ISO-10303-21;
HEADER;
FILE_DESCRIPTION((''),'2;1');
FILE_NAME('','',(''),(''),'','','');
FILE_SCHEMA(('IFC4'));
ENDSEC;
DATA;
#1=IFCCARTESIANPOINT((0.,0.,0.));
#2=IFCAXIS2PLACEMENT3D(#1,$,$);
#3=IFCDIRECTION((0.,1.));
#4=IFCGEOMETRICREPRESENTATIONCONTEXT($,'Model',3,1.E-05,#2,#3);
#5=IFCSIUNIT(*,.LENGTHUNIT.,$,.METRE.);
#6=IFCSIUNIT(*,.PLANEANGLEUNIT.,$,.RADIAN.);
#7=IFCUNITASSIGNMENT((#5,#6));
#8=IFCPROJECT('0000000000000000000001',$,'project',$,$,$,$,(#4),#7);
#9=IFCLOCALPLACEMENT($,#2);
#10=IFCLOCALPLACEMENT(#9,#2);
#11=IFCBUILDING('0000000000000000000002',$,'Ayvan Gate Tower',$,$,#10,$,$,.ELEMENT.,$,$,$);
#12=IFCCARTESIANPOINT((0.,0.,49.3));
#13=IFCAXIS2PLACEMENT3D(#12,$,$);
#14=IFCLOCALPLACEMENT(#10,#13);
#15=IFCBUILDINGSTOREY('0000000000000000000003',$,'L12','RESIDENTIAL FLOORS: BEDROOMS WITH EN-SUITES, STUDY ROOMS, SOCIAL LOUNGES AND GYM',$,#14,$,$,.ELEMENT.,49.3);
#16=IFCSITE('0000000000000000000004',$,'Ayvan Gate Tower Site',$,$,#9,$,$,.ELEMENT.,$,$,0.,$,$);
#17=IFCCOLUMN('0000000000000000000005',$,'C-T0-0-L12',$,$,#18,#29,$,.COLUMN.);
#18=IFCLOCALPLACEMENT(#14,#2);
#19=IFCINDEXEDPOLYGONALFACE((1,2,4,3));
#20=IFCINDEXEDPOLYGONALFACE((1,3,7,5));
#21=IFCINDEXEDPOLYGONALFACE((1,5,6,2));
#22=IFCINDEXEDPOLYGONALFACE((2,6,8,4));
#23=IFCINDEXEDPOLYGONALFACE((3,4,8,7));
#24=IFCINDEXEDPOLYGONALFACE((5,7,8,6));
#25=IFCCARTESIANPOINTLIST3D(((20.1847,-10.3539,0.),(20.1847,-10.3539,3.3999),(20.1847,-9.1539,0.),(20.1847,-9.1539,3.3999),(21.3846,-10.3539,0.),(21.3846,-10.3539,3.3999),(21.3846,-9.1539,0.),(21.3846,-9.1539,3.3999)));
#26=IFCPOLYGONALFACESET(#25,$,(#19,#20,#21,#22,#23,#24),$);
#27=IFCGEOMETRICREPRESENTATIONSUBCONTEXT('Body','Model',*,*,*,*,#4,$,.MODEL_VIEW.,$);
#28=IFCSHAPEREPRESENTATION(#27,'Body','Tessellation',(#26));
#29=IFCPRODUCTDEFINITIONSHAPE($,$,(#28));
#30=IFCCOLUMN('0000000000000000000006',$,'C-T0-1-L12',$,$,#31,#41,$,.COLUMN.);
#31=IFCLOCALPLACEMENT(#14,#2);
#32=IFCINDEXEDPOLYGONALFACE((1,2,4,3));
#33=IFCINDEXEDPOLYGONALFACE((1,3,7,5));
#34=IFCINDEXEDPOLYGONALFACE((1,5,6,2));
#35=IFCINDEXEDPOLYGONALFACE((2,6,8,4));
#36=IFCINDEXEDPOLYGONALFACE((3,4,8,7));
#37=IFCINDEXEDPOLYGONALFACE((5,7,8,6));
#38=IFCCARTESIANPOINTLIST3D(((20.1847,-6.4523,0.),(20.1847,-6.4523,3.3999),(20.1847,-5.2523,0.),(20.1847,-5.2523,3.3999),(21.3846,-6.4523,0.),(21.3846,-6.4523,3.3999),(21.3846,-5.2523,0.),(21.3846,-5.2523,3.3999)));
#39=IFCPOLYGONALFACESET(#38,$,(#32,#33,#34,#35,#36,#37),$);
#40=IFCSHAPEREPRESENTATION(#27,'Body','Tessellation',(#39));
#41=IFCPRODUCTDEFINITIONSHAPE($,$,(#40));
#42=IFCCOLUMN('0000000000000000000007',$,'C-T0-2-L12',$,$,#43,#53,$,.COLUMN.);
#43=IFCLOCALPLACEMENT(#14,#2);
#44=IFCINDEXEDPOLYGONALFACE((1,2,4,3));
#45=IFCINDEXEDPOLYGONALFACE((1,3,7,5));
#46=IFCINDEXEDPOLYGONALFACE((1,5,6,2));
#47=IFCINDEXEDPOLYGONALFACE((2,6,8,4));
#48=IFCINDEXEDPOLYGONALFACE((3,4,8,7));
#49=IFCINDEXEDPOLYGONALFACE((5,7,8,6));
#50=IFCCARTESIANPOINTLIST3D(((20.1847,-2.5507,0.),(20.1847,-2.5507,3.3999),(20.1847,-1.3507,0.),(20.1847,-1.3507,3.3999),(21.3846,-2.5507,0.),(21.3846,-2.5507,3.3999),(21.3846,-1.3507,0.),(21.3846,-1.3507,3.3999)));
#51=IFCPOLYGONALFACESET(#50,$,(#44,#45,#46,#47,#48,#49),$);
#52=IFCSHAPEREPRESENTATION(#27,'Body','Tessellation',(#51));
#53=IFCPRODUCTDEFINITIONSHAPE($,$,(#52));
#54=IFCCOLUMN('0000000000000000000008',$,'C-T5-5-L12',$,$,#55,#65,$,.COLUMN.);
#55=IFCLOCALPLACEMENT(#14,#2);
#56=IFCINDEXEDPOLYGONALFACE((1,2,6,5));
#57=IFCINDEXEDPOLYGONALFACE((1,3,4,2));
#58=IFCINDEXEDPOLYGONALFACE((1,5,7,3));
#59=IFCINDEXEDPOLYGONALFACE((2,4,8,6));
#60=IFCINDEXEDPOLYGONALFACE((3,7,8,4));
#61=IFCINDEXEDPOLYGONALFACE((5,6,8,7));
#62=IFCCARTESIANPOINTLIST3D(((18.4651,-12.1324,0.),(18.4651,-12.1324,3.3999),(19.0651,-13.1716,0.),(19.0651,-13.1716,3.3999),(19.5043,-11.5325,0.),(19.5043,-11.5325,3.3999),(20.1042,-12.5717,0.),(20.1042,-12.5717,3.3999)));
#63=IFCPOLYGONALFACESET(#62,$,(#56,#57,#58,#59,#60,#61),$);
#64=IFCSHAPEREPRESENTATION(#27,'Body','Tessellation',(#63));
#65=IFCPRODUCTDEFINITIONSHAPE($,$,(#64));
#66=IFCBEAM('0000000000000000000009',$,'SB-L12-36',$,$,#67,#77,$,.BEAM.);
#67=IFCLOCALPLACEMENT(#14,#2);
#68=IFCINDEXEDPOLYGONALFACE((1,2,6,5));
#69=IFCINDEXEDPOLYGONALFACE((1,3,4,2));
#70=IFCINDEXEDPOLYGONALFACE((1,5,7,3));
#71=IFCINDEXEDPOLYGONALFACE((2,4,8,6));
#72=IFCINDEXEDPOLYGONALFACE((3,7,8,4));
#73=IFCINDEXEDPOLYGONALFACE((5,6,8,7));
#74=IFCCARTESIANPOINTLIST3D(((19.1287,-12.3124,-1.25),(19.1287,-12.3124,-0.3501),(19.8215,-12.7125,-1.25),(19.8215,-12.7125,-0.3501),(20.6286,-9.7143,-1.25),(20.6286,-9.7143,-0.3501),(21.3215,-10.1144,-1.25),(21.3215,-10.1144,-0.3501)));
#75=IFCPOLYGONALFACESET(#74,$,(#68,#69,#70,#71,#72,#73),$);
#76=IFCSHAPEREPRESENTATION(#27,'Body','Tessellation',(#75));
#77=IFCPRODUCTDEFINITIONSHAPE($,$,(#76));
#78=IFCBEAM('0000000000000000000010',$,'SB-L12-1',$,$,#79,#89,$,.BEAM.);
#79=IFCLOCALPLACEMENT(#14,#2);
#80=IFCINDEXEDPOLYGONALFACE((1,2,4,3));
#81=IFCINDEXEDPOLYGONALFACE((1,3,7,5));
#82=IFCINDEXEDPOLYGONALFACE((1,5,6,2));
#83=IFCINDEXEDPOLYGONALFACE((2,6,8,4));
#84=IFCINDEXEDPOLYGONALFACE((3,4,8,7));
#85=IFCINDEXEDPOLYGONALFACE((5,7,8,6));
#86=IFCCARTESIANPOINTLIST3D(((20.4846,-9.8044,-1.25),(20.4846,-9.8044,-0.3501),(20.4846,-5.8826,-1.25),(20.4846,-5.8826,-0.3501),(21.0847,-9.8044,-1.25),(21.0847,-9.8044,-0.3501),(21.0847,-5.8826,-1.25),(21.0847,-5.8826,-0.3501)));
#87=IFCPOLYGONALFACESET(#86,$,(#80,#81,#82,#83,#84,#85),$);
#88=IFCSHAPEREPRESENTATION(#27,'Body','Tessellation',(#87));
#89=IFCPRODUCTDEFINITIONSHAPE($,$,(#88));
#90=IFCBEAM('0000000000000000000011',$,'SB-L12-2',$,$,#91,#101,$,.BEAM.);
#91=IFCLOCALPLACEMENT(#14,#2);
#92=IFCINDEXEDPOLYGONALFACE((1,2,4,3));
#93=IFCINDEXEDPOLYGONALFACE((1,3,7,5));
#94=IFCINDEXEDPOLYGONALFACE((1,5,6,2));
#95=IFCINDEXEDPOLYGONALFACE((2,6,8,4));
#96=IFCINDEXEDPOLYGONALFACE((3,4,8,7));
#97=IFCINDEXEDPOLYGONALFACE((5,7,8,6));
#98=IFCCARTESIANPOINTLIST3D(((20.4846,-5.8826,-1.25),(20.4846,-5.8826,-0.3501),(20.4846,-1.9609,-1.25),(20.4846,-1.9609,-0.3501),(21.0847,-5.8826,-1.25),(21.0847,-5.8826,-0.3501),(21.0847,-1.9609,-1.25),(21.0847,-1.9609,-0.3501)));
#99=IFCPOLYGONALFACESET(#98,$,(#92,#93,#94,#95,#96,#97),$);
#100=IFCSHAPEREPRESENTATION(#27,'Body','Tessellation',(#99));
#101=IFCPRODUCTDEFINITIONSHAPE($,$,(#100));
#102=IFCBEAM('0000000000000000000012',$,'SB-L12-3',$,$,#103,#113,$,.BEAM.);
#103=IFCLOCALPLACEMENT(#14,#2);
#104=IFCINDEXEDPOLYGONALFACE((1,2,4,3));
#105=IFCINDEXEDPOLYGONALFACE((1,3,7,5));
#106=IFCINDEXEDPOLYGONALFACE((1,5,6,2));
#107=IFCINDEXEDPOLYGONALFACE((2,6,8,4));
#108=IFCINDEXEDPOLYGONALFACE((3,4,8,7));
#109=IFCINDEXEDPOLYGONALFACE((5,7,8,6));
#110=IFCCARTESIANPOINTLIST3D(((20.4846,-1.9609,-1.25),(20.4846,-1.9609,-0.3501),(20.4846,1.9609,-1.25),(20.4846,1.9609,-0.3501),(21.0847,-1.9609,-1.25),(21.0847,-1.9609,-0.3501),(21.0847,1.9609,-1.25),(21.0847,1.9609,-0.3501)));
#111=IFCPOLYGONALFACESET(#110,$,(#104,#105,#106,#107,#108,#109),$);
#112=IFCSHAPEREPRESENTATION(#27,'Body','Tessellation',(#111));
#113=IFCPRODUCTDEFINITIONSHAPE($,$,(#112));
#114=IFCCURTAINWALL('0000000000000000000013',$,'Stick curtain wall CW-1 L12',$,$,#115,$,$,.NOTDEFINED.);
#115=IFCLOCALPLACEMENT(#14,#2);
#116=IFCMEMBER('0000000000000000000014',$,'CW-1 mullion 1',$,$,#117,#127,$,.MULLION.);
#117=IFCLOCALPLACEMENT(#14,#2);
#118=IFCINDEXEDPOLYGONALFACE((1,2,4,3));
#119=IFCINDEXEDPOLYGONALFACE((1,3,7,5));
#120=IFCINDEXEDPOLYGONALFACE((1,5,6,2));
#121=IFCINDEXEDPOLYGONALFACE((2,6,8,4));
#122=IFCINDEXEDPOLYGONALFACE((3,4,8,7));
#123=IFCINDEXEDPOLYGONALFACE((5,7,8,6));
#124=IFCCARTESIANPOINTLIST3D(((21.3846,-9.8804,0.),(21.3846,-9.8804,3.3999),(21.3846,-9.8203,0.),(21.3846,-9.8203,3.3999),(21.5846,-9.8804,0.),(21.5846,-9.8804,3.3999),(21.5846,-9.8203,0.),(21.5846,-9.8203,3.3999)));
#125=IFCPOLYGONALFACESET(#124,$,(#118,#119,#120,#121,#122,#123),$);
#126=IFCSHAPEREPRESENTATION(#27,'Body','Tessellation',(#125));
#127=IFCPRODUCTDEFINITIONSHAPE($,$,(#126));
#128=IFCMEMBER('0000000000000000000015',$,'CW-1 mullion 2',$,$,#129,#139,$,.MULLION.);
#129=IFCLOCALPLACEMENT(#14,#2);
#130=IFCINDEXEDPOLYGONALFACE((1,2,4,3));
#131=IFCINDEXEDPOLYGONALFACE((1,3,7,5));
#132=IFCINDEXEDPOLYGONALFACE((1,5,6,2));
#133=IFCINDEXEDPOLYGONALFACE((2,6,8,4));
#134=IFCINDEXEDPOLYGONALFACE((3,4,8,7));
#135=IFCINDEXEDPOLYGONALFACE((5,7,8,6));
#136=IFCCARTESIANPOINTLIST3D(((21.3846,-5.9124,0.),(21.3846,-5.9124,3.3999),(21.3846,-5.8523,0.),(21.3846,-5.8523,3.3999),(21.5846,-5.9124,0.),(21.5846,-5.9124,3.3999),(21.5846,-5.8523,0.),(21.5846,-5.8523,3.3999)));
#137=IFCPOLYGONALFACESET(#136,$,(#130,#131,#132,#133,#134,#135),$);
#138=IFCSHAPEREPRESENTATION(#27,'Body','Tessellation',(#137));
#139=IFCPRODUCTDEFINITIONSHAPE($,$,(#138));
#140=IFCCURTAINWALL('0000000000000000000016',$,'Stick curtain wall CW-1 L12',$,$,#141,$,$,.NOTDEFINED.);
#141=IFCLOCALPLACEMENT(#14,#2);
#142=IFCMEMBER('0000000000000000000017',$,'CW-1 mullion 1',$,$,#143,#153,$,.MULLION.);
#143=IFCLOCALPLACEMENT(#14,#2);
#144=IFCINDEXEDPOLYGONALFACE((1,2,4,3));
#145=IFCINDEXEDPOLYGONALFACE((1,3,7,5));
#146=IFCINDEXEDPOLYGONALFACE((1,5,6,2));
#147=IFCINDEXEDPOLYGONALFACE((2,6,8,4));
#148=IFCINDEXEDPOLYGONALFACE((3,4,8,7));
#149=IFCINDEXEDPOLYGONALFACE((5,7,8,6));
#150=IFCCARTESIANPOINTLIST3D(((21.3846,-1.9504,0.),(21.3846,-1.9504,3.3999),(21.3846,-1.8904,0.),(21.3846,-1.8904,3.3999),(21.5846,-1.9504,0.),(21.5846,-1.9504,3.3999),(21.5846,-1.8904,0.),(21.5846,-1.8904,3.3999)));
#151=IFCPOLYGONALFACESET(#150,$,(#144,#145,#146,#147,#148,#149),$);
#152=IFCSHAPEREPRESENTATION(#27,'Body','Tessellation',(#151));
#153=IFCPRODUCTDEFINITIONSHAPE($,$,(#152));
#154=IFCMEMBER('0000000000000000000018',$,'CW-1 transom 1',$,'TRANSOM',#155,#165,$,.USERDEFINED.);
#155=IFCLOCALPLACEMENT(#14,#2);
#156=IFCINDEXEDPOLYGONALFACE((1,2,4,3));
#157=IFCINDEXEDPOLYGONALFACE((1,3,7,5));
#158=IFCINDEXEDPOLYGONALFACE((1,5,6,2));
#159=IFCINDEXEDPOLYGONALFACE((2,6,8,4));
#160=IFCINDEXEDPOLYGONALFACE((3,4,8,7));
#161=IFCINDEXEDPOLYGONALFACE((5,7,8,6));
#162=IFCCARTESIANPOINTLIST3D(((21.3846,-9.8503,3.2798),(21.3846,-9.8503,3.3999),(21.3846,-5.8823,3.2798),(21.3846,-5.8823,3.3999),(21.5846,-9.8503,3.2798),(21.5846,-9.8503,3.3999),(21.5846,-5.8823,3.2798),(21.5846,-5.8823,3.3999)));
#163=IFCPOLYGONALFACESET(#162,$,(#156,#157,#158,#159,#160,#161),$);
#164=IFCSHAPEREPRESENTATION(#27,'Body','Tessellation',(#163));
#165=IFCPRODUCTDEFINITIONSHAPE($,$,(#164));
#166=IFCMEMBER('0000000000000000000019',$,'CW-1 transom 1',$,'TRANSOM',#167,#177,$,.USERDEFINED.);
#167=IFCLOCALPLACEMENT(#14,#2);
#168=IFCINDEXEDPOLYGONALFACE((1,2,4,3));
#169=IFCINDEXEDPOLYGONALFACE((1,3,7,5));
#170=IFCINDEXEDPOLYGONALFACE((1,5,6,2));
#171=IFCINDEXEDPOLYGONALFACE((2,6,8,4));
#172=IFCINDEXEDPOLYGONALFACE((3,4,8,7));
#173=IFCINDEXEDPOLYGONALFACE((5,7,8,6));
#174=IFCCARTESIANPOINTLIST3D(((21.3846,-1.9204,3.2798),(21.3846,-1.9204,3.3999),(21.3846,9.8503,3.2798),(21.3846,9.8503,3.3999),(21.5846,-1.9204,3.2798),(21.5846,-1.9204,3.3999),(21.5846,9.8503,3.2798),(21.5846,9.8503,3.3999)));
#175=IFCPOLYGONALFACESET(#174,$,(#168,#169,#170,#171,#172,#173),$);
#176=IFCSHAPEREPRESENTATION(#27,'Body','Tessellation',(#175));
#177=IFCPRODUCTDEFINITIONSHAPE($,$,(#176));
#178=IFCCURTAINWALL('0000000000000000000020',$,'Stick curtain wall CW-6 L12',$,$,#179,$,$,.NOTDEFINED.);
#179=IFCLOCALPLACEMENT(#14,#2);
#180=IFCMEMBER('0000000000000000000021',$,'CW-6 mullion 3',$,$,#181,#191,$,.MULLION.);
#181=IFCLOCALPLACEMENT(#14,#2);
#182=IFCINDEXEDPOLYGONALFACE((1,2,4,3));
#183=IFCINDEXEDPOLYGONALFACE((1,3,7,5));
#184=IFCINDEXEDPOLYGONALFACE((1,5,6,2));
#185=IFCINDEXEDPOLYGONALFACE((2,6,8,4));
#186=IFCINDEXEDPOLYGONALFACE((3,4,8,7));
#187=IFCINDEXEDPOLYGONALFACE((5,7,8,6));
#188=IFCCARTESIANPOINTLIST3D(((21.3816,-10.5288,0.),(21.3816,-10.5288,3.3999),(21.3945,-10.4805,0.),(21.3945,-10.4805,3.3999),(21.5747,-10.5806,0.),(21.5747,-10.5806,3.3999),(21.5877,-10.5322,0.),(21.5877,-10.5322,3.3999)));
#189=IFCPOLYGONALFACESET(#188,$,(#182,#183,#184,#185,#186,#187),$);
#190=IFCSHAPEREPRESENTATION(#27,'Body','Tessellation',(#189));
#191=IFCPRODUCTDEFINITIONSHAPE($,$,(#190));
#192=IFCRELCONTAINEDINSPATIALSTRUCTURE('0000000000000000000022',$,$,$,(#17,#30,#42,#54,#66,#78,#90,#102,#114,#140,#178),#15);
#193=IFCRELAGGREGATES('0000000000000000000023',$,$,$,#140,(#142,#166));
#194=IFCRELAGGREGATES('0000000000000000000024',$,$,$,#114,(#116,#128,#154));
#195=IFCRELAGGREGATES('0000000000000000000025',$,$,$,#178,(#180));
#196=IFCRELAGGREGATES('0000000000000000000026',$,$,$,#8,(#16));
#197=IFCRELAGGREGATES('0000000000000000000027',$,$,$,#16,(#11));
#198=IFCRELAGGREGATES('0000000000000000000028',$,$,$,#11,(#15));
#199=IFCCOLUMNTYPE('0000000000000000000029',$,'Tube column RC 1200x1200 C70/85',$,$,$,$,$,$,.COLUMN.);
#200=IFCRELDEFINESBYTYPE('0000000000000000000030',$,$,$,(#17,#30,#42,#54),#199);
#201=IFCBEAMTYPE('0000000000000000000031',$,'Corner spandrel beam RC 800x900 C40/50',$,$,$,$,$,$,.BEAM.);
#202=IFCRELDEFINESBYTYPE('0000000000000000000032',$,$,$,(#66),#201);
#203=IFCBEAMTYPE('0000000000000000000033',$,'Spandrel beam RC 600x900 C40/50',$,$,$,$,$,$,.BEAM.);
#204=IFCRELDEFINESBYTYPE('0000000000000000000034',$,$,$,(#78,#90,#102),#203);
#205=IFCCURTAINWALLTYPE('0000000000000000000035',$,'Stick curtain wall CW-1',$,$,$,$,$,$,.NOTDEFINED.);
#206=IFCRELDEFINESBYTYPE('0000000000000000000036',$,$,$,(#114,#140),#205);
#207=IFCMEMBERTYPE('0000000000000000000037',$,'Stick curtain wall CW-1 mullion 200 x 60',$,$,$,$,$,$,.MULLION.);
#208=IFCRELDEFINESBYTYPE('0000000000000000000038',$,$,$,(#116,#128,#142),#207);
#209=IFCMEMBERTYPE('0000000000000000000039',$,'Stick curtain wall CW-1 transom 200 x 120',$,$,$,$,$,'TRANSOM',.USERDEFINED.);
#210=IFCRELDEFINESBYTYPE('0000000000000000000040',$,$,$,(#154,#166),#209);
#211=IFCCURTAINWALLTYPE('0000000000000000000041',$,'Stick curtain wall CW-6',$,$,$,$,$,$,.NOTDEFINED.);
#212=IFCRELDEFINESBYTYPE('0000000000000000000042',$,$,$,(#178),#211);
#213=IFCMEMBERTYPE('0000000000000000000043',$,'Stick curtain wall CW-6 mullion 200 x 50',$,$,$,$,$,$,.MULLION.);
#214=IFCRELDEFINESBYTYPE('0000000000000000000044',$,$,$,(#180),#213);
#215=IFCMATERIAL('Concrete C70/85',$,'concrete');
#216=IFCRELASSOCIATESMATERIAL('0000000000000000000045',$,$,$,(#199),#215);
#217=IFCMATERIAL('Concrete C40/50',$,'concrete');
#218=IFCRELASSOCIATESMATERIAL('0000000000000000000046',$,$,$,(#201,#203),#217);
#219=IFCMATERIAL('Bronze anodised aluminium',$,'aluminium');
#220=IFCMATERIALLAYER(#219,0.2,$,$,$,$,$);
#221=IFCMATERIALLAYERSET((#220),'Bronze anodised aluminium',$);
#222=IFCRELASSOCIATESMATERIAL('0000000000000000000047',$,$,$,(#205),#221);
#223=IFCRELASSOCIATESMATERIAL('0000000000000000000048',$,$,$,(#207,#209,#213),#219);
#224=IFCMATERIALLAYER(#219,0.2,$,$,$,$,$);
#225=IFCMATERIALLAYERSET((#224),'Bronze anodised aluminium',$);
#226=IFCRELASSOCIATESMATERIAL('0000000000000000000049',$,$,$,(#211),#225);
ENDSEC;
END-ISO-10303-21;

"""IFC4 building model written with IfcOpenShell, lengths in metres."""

from ifc_helpers import new_model, si_unit, direction, frame, origin, origin_2d, place, context, subcontext, project, spatial, rectangle, extrude, material, layer, layer_set, material_profile, profile_set, type_object, element, aggregate, save


model = new_model("IFC4")

# Units and contexts
model_context = context("Model", 3, precision=1e-05, world=origin(), true_north=direction((0.0, 1.0)))
body_context = subcontext(model_context, "Body", "Model", "MODEL_VIEW")
ifc_project = project(units=[si_unit("LENGTHUNIT", "METRE"), si_unit("PLANEANGLEUNIT", "RADIAN")], contexts=[model_context])

# Site, building, storey
site_placement = place(None, origin())
site = spatial("IfcSite", under=ifc_project, at=site_placement, Name="Ayvan Gate Tower Site", CompositionType="ELEMENT", RefElevation=0.0)
building_placement = place(site_placement, origin())
building = spatial("IfcBuilding", under=site, at=building_placement, Name="Ayvan Gate Tower", CompositionType="ELEMENT")
storey_placement = place(building_placement, frame((0.0, 0.0, 49.3)))
storey = spatial("IfcBuildingStorey", under=building, at=storey_placement, Name="L12", Description="RESIDENTIAL FLOORS: BEDROOMS WITH EN-SUITES, STUDY ROOMS, SOCIAL LOUNGES AND GYM", CompositionType="ELEMENT", Elevation=49.3)

# Columns
ifc_material_1 = material(Name="Concrete C70/85", Category="concrete")
ifc_material_profile_1 = material_profile(ifc_material_1, rectangle(XDim=1.2, YDim=1.2, at=origin_2d()), Name="RC 1200x1200")
ifc_profile_set_1 = profile_set([ifc_material_profile_1], Name="Concrete C70/85")
column_type = type_object("IfcColumnType", Name="Tube column RC 1200x1200 C70/85", PredefinedType="COLUMN", material=ifc_profile_set_1)
for number, where, z_axis, x_axis, name in (
    (1, (20.7847, -9.7539, 0.0), (0.0, 0.0, 1.0), (1.0, 0.0, 0.0), "C-T0-0-L12"),
    (2, (20.7847, -5.8523, 0.0), (0.0, 0.0, 1.0), (1.0, 0.0, 0.0), "C-T0-1-L12"),
    (3, (20.7847, -1.9507, 0.0), (0.0, 0.0, 1.0), (1.0, 0.0, 0.0), "C-T0-2-L12"),
    (4, (19.2847, -12.3521, 0.0), (0.0, 0.0, 1.0), (0.5, -0.866025, 0.0), "C-T5-5-L12"),
):
    element("IfcColumn", number, at=place(storey_placement, frame(where, z_axis=z_axis, x_axis=x_axis)), inside=storey, type_object=column_type, Name=name, PredefinedType="COLUMN", context=body_context, shape_type="SweptSolid", body=[
        extrude(rectangle(XDim=1.2, YDim=1.2, at=origin_2d()), origin(), (0.0, 0.0, 1.0), 3.3999),
    ])

# Beams
ifc_material_2 = material(Name="Concrete C40/50", Category="concrete")
ifc_material_profile_2 = material_profile(ifc_material_2, rectangle(XDim=0.8, YDim=0.8999, at=origin_2d()), Name="RC 800x900")
ifc_profile_set_2 = profile_set([ifc_material_profile_2], Name="Concrete C40/50")
beam_type_1 = type_object("IfcBeamType", Name="Corner spandrel beam RC 800x900 C40/50", PredefinedType="BEAM", material=ifc_profile_set_2)
beam_1_placement = place(storey_placement, frame((19.4751, -12.5125, -0.8), z_axis=(0.49999, 0.866031, 0.0), x_axis=(-0.866031, 0.49999, 0.0)))
element("IfcBeam", 5, at=beam_1_placement, inside=storey, type_object=beam_type_1, Name="SB-L12-36", PredefinedType="BEAM", context=body_context, shape_type="SweptSolid", body=[
    extrude(rectangle(XDim=0.8, YDim=0.8999, at=origin_2d()), origin(), (0.0, 0.0, 1.0), 3.0),
])
ifc_material_profile_3 = material_profile(ifc_material_2, rectangle(XDim=0.6001, YDim=0.8999, at=origin_2d()), Name="RC 600x900")
ifc_profile_set_3 = profile_set([ifc_material_profile_3], Name="Concrete C40/50")
beam_type_2 = type_object("IfcBeamType", Name="Spandrel beam RC 600x900 C40/50", PredefinedType="BEAM", material=ifc_profile_set_3)
beam_2_placement = place(storey_placement, frame((20.7847, -9.8044, -0.8), z_axis=(0.0, 1.0, 0.0), x_axis=(-1.0, 0.0, 0.0)))
element("IfcBeam", 6, at=beam_2_placement, inside=storey, type_object=beam_type_2, Name="SB-L12-1", PredefinedType="BEAM", context=body_context, shape_type="SweptSolid", body=[
    extrude(rectangle(XDim=0.6001, YDim=0.8999, at=origin_2d()), origin(), (0.0, 0.0, 1.0), 3.9219),
])
beam_3_placement = place(storey_placement, frame((20.7847, -5.8826, -0.8), z_axis=(0.0, 1.0, 0.0), x_axis=(-1.0, 0.0, 0.0)))
element("IfcBeam", 7, at=beam_3_placement, inside=storey, type_object=beam_type_2, Name="SB-L12-2", PredefinedType="BEAM", context=body_context, shape_type="SweptSolid", body=[
    extrude(rectangle(XDim=0.6001, YDim=0.8999, at=origin_2d()), origin(), (0.0, 0.0, 1.0), 3.9216),
])
beam_4_placement = place(storey_placement, frame((20.7847, -1.9609, -0.8), z_axis=(0.0, 1.0, 0.0), x_axis=(-1.0, 0.0, 0.0)))
element("IfcBeam", 8, at=beam_4_placement, inside=storey, type_object=beam_type_2, Name="SB-L12-3", PredefinedType="BEAM", context=body_context, shape_type="SweptSolid", body=[
    extrude(rectangle(XDim=0.6001, YDim=0.8999, at=origin_2d()), origin(), (0.0, 0.0, 1.0), 3.9219),
])

# Curtain wall, members
ifc_material_3 = material(Name="Bronze anodised aluminium", Category="aluminium")
ifc_layer_1 = layer(ifc_material_3, 0.2)
ifc_layer_set_1 = layer_set([ifc_layer_1], Name="Bronze anodised aluminium")
curtain_wall_type_1 = type_object("IfcCurtainWallType", Name="Stick curtain wall CW-1", PredefinedType="NOTDEFINED", material=ifc_layer_set_1)
curtain_wall_1_placement = place(storey_placement, origin())
curtain_wall_1 = element("IfcCurtainWall", 9, at=curtain_wall_1_placement, inside=storey, type_object=curtain_wall_type_1, Name="Stick curtain wall CW-1 L12", PredefinedType="NOTDEFINED")
ifc_material_profile_4 = material_profile(ifc_material_3, rectangle(XDim=0.2, YDim=0.0601, at=origin_2d()), Name="Stick curtain wall CW-1 mullion 200 x 60")
ifc_profile_set_4 = profile_set([ifc_material_profile_4], Name="Bronze anodised aluminium")
member_type_1 = type_object("IfcMemberType", Name="Stick curtain wall CW-1 mullion 200 x 60", PredefinedType="MULLION", material=ifc_profile_set_4)
member_1_placement = place(storey_placement, frame((21.4846, -9.8503, 0.0), z_axis=(0.0, 0.0, 1.0), x_axis=(1.0, 0.0, 0.0)))
member_1 = element("IfcMember", 10, at=member_1_placement, type_object=member_type_1, Name="CW-1 mullion 1", PredefinedType="MULLION", context=body_context, shape_type="SweptSolid", body=[
    extrude(rectangle(XDim=0.2, YDim=0.0601, at=origin_2d()), origin(), (0.0, 0.0, 1.0), 3.3999),
])
member_2_placement = place(storey_placement, frame((21.4846, -5.8823, 0.0), z_axis=(0.0, 0.0, 1.0), x_axis=(1.0, 0.0, 0.0)))
member_2 = element("IfcMember", 11, at=member_2_placement, type_object=member_type_1, Name="CW-1 mullion 2", PredefinedType="MULLION", context=body_context, shape_type="SweptSolid", body=[
    extrude(rectangle(XDim=0.2, YDim=0.0601, at=origin_2d()), origin(), (0.0, 0.0, 1.0), 3.3999),
])

# Curtain wall, member
curtain_wall_2_placement = place(storey_placement, origin())
curtain_wall_2 = element("IfcCurtainWall", 12, at=curtain_wall_2_placement, inside=storey, type_object=curtain_wall_type_1, Name="Stick curtain wall CW-1 L12", PredefinedType="NOTDEFINED")
member_3_placement = place(storey_placement, frame((21.4846, -1.9204, 0.0), z_axis=(0.0, 0.0, 1.0), x_axis=(1.0, 0.0, 0.0)))
member_3 = element("IfcMember", 13, at=member_3_placement, type_object=member_type_1, Name="CW-1 mullion 1", PredefinedType="MULLION", context=body_context, shape_type="SweptSolid", body=[
    extrude(rectangle(XDim=0.2, YDim=0.0601, at=origin_2d()), origin(), (0.0, 0.0, 1.0), 3.3999),
])

# Members
ifc_material_profile_5 = material_profile(ifc_material_3, rectangle(XDim=0.2, YDim=0.1201, at=origin_2d()), Name="Stick curtain wall CW-1 transom 200 x 120")
ifc_profile_set_5 = profile_set([ifc_material_profile_5], Name="Bronze anodised aluminium")
member_type_2 = type_object("IfcMemberType", Name="Stick curtain wall CW-1 transom 200 x 120", ElementType="TRANSOM", PredefinedType="USERDEFINED", material=ifc_profile_set_5)
member_4_placement = place(storey_placement, frame((21.4846, -9.8503, 3.3398), z_axis=(0.0, 1.0, 0.0), x_axis=(-1.0, 0.0, 0.0)))
member_4 = element("IfcMember", 14, at=member_4_placement, type_object=member_type_2, Name="CW-1 transom 1", ObjectType="TRANSOM", PredefinedType="USERDEFINED", context=body_context, shape_type="SweptSolid", body=[
    extrude(rectangle(XDim=0.2, YDim=0.1201, at=origin_2d()), origin(), (0.0, 0.0, 1.0), 3.968),
])
member_5_placement = place(storey_placement, frame((21.4846, -1.9204, 3.3398), z_axis=(0.0, 1.0, 0.0), x_axis=(-1.0, 0.0, 0.0)))
member_5 = element("IfcMember", 15, at=member_5_placement, type_object=member_type_2, Name="CW-1 transom 1", ObjectType="TRANSOM", PredefinedType="USERDEFINED", context=body_context, shape_type="SweptSolid", body=[
    extrude(rectangle(XDim=0.2, YDim=0.1201, at=origin_2d()), origin(), (0.0, 0.0, 1.0), 11.7708),
])
aggregate(curtain_wall_2, [member_3, member_5])

# Curtain wall, member
ifc_layer_2 = layer(ifc_material_3, 0.2)
ifc_layer_set_2 = layer_set([ifc_layer_2], Name="Bronze anodised aluminium")
curtain_wall_type_2 = type_object("IfcCurtainWallType", Name="Stick curtain wall CW-6", PredefinedType="NOTDEFINED", material=ifc_layer_set_2)
curtain_wall_3_placement = place(storey_placement, origin())
curtain_wall_3 = element("IfcCurtainWall", 16, at=curtain_wall_3_placement, inside=storey, type_object=curtain_wall_type_2, Name="Stick curtain wall CW-6 L12", PredefinedType="NOTDEFINED")
ifc_material_profile_6 = material_profile(ifc_material_3, rectangle(XDim=0.2, YDim=0.05, at=origin_2d()), Name="Stick curtain wall CW-6 mullion 200 x 50")
ifc_profile_set_6 = profile_set([ifc_material_profile_6], Name="Bronze anodised aluminium")
member_type_3 = type_object("IfcMemberType", Name="Stick curtain wall CW-6 mullion 200 x 50", PredefinedType="MULLION", material=ifc_profile_set_6)
member_6_placement = place(storey_placement, frame((21.4846, -10.5305, 0.0), z_axis=(0.0, 0.0, 1.0), x_axis=(0.965926, -0.258819, 0.0)))
member_6 = element("IfcMember", 17, at=member_6_placement, type_object=member_type_3, Name="CW-6 mullion 3", PredefinedType="MULLION", context=body_context, shape_type="SweptSolid", body=[
    extrude(rectangle(XDim=0.2, YDim=0.05, at=origin_2d()), origin(), (0.0, 0.0, 1.0), 3.3999),
])

aggregate(curtain_wall_1, [member_1, member_2, member_4])
aggregate(curtain_wall_3, [member_6])

save(model, "model.ifc")
